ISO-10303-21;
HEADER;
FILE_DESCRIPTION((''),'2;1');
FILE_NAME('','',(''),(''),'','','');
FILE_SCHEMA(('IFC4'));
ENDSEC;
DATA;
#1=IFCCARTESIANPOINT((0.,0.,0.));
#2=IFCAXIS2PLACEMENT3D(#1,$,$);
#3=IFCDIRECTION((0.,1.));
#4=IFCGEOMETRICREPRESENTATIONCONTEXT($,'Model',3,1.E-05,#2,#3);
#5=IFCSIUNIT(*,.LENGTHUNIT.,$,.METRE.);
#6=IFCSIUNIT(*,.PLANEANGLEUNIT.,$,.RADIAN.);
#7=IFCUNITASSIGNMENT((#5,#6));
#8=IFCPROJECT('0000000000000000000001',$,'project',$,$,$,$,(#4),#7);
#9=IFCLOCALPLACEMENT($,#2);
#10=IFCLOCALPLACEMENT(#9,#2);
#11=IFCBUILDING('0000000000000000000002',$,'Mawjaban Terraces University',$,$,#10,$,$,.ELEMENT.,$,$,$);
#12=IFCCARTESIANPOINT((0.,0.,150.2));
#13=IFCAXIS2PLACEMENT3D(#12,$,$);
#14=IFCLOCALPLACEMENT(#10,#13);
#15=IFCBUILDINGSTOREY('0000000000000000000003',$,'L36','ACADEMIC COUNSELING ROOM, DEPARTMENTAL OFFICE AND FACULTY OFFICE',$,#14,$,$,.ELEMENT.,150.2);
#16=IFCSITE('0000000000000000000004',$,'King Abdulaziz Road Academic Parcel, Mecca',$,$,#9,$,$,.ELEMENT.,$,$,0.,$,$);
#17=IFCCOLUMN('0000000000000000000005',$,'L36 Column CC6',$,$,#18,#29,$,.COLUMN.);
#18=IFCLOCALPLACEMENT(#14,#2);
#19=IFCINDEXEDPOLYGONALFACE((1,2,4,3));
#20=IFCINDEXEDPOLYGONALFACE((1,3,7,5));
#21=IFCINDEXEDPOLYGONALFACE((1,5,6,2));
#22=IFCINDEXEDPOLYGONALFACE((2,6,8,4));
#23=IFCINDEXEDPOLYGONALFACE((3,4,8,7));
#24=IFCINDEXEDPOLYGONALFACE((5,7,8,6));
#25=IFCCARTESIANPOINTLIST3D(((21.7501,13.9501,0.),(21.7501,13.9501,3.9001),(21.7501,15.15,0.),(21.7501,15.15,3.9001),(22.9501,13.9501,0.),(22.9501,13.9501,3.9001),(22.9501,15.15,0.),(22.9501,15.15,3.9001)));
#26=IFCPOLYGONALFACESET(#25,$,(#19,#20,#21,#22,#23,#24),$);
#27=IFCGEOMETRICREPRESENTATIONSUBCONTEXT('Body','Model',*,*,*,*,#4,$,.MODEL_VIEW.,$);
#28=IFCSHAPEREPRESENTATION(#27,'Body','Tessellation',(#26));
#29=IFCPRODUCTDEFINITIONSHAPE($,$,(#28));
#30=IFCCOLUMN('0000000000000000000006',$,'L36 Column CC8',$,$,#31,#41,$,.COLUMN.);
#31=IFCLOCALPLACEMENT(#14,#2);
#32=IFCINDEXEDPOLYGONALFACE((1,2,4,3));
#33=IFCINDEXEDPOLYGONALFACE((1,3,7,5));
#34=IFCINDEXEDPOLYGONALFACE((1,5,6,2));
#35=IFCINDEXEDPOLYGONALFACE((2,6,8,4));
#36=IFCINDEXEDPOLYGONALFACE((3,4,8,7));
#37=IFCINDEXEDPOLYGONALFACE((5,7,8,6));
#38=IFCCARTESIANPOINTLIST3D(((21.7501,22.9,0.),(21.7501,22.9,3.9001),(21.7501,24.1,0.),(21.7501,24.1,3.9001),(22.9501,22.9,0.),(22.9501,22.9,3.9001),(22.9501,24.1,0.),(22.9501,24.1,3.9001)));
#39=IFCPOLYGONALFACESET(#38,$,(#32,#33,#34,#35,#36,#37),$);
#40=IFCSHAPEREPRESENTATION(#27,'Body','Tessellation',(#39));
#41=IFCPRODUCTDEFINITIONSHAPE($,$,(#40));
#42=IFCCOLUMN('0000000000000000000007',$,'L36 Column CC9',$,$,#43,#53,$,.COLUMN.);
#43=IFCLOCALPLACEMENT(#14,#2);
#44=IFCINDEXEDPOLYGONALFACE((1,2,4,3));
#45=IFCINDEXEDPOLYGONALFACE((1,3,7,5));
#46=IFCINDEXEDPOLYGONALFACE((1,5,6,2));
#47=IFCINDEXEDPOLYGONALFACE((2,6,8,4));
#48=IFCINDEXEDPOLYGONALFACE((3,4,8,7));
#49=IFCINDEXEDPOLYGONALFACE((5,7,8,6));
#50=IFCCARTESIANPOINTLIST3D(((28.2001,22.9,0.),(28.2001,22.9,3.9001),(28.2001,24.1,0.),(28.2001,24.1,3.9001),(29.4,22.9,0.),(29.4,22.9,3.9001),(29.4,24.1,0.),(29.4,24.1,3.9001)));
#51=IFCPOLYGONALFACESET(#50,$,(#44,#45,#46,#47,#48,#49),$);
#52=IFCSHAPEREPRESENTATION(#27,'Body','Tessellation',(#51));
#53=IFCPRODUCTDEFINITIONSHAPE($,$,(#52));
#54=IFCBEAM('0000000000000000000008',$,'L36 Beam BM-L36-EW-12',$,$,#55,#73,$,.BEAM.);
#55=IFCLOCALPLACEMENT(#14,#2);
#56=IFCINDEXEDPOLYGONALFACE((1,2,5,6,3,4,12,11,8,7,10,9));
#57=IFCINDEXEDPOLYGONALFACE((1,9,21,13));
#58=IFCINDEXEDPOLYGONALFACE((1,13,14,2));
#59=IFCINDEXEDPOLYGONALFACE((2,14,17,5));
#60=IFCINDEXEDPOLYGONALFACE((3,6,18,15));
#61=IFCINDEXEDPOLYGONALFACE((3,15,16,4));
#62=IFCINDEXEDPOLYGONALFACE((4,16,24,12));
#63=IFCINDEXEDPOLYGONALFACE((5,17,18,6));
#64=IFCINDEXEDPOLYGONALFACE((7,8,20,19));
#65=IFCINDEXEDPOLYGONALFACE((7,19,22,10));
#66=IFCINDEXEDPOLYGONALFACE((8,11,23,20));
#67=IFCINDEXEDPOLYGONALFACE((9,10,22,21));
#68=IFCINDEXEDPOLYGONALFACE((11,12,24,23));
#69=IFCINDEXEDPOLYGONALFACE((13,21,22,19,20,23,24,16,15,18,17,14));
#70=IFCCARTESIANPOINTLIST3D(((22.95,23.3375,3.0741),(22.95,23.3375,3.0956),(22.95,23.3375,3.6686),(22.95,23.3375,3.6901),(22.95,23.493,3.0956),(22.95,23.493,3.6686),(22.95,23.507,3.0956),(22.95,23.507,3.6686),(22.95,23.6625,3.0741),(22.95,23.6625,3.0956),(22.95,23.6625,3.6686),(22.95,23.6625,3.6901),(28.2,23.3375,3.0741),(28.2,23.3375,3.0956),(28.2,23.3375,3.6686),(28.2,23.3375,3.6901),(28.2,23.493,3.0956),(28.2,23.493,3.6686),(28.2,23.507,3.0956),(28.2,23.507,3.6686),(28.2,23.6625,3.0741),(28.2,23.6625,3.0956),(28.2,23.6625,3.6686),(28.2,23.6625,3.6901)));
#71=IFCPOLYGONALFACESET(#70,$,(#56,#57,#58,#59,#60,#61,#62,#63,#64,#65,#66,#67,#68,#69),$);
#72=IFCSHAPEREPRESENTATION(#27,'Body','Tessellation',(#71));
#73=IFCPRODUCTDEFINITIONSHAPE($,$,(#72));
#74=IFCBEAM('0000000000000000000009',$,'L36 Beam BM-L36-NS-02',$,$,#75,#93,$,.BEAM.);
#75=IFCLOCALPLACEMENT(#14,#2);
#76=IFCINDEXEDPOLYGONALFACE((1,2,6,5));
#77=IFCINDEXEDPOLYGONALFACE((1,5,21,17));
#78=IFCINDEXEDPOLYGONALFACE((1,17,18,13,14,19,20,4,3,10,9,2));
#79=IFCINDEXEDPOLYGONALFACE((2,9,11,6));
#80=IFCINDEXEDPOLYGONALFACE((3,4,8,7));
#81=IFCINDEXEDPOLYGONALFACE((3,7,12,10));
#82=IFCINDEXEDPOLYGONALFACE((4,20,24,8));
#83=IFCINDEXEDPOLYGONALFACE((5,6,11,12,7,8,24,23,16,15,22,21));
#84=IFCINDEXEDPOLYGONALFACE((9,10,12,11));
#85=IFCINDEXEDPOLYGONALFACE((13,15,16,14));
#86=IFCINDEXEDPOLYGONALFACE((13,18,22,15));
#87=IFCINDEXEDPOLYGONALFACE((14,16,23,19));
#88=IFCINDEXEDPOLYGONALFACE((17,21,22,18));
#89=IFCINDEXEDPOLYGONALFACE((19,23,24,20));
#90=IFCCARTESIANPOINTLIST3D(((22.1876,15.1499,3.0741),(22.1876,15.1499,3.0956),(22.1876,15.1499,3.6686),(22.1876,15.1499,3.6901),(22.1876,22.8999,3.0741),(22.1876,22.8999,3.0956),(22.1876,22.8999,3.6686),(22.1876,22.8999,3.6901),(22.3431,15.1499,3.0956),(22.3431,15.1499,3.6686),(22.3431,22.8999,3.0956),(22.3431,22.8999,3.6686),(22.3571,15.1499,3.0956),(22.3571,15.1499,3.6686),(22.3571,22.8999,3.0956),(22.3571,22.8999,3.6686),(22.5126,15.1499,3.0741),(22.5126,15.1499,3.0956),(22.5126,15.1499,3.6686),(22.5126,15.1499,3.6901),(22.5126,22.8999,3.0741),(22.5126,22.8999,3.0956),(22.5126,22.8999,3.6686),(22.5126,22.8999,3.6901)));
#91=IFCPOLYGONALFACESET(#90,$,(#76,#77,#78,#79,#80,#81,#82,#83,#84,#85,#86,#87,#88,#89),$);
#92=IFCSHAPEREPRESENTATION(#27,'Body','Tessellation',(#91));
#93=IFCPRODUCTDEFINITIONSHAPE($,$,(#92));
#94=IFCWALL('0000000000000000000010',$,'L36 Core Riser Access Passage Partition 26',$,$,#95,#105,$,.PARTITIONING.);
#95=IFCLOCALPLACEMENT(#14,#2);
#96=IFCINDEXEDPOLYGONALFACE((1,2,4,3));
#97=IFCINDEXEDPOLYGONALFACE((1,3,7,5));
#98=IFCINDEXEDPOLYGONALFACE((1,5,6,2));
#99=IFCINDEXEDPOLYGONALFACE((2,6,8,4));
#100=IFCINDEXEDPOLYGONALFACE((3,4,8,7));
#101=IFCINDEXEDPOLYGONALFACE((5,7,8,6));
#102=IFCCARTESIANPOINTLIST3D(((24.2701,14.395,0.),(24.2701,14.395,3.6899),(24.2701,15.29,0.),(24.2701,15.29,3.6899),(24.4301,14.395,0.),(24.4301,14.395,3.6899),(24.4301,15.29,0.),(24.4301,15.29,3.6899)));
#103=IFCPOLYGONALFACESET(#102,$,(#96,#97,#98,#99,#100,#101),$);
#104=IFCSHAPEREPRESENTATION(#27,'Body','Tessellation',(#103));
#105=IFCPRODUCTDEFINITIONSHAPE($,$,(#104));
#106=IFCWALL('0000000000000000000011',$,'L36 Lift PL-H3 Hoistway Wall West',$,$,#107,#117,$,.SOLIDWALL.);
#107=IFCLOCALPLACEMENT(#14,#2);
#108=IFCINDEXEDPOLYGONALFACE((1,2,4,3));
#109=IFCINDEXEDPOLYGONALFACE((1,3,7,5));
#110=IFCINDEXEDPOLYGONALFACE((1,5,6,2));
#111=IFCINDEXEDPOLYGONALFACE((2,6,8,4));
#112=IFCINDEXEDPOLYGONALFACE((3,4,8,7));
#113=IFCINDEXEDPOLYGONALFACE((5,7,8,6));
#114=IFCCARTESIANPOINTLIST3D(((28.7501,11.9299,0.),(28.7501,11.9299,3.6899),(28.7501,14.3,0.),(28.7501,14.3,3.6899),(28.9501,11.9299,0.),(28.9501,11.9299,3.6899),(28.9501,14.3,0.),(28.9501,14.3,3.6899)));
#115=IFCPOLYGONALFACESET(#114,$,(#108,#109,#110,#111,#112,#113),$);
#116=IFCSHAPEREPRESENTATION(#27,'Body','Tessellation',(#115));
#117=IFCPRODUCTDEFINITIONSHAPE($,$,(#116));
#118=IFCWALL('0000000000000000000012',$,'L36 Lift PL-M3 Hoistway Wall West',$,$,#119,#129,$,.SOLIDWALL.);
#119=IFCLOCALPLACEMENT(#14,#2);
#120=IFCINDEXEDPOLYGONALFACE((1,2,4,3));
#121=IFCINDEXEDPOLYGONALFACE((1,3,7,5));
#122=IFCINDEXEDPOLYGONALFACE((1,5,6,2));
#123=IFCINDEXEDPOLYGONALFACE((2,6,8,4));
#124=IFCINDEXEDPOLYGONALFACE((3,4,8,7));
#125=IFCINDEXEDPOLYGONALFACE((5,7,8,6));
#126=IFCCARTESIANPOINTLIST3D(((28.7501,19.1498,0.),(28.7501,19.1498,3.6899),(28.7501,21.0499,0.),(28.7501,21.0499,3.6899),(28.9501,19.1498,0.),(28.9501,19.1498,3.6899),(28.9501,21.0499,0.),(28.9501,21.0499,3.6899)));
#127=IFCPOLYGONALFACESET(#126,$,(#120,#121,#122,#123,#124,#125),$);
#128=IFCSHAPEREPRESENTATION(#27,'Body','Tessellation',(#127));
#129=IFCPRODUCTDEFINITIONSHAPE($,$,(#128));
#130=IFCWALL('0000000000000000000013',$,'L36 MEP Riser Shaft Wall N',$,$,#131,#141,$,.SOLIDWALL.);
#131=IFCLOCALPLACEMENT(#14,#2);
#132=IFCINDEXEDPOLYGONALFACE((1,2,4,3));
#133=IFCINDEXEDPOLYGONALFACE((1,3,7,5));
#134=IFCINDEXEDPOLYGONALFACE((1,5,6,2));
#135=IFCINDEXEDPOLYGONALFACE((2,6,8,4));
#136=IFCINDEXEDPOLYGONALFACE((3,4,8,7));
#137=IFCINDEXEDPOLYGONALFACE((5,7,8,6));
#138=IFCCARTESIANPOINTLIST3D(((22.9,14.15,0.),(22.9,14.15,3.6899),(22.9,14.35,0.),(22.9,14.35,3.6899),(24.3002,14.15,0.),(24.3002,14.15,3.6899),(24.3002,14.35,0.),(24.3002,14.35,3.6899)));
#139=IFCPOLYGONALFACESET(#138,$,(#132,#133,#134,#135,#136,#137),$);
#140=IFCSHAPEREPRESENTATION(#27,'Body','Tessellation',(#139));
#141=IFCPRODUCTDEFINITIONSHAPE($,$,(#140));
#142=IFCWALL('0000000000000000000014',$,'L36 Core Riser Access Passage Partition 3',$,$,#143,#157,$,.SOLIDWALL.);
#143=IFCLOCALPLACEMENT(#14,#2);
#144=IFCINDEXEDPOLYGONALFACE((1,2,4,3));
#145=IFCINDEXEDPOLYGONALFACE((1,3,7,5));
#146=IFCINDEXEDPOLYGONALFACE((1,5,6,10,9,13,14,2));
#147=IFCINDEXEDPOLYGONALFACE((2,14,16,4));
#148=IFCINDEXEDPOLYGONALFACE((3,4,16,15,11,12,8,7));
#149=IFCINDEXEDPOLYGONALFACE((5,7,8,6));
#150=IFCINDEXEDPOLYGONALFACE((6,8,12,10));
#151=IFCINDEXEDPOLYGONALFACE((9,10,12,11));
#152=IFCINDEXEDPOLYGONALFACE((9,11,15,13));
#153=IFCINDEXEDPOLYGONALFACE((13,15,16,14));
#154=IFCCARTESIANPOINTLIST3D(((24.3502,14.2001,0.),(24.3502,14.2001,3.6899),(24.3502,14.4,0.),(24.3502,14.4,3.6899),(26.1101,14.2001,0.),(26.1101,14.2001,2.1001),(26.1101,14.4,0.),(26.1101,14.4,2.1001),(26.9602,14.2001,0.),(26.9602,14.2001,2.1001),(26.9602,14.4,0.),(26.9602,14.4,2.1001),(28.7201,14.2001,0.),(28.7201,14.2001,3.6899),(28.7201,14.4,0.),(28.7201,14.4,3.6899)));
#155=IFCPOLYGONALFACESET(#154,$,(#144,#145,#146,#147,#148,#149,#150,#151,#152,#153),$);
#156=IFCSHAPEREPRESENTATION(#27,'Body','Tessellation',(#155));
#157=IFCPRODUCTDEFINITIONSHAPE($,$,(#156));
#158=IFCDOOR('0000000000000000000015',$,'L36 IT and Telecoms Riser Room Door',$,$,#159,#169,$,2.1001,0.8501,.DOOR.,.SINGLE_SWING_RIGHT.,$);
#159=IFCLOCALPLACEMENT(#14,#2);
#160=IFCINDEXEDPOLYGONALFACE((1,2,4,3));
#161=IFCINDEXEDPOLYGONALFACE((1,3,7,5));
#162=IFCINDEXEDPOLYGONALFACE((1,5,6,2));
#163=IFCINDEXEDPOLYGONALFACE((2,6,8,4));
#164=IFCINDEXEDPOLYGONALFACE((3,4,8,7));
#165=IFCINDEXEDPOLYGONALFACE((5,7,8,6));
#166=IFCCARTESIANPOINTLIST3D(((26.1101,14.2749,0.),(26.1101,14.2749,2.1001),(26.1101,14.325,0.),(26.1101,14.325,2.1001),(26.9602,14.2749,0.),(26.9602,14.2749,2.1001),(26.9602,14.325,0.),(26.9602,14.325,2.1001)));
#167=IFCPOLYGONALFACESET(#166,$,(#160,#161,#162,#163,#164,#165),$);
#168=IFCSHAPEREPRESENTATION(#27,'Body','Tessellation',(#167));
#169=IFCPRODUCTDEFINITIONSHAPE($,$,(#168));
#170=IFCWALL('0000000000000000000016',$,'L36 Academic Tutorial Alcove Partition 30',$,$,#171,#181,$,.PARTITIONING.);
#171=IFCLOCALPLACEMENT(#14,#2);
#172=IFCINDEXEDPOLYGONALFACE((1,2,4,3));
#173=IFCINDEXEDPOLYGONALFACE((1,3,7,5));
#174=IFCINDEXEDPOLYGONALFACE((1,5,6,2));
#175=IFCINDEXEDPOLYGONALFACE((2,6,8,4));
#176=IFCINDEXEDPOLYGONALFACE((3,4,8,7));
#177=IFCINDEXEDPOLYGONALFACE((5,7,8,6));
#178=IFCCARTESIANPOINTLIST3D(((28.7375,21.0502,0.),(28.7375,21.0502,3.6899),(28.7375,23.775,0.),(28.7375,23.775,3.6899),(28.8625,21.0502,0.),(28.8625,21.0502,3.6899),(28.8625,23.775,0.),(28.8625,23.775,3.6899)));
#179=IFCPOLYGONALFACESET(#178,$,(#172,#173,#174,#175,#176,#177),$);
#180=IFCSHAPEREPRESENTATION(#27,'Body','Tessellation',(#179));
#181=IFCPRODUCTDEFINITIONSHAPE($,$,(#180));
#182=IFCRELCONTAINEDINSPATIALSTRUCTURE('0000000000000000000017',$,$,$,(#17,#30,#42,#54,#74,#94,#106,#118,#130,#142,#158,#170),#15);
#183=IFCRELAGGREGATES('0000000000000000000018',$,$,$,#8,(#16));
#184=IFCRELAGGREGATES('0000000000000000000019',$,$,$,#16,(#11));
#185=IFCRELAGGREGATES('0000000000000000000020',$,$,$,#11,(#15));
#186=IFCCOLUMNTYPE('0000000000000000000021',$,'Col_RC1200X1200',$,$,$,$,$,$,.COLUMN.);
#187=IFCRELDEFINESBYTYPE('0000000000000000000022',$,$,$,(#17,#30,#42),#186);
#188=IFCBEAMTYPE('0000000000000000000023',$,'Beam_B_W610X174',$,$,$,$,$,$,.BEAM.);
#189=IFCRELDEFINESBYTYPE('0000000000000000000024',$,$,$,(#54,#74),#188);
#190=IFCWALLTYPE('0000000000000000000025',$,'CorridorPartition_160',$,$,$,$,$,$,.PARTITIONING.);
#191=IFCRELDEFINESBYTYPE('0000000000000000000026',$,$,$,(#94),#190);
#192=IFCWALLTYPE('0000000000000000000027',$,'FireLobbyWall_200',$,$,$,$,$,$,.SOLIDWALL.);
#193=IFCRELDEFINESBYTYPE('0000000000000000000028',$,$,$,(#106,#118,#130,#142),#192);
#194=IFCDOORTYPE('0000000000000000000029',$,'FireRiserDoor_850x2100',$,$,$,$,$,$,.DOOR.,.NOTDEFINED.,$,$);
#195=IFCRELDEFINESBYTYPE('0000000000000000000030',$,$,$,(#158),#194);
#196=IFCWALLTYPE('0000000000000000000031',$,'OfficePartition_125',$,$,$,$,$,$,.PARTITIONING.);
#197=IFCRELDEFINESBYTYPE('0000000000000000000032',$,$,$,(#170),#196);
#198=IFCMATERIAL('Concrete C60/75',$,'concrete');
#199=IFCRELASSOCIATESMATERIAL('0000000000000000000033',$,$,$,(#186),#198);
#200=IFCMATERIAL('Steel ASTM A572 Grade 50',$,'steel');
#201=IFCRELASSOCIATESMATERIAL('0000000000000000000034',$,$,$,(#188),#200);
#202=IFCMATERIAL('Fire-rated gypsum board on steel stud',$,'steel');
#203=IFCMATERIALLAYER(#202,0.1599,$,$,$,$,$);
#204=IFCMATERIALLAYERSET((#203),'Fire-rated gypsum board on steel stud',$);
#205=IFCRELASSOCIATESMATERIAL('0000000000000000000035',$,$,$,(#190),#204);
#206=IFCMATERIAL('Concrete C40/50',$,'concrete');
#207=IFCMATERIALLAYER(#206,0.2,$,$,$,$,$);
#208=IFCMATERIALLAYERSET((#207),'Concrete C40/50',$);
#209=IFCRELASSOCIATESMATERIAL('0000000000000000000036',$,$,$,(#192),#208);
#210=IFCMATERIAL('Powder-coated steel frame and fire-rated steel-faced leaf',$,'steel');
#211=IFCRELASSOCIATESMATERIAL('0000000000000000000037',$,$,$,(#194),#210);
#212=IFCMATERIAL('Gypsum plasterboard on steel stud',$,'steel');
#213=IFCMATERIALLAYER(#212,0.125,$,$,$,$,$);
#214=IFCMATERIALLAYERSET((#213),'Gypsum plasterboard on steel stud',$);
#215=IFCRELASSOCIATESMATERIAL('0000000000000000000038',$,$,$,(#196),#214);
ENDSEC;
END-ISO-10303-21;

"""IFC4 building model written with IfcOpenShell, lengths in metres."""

from ifc_helpers import new_model, si_unit, direction, frame, frame_2d, origin, origin_2d, place, context, subcontext, project, spatial, rectangle, i_section, extrude, material, layer, layer_set, material_profile, profile_set, type_object, element, fill, save


model = new_model("IFC4")

# Units and contexts
model_context = context("Model", 3, precision=1e-05, world=origin(), true_north=direction((0.0, 1.0)))
body_context = subcontext(model_context, "Body", "Model", "MODEL_VIEW")
ifc_project = project(units=[si_unit("LENGTHUNIT", "METRE"), si_unit("PLANEANGLEUNIT", "RADIAN")], contexts=[model_context])

# Site, building, storey
site_placement = place(None, origin())
site = spatial("IfcSite", under=ifc_project, at=site_placement, Name="King Abdulaziz Road Academic Parcel, Mecca", CompositionType="ELEMENT", RefElevation=0.0)
building_placement = place(site_placement, origin())
building = spatial("IfcBuilding", under=site, at=building_placement, Name="Mawjaban Terraces University", CompositionType="ELEMENT")
storey_placement = place(building_placement, frame((0.0, 0.0, 150.2)))
storey = spatial("IfcBuildingStorey", under=building, at=storey_placement, Name="L36", Description="ACADEMIC COUNSELING ROOM, DEPARTMENTAL OFFICE AND FACULTY OFFICE", CompositionType="ELEMENT", Elevation=150.2)

# Columns
ifc_material_1 = material(Name="Concrete C60/75", Category="concrete")
ifc_material_profile_1 = material_profile(ifc_material_1, rectangle(XDim=1.2, YDim=1.2, at=origin_2d()), Name="RC1200X1200")
ifc_profile_set_1 = profile_set([ifc_material_profile_1], Name="Concrete C60/75")
column_type = type_object("IfcColumnType", Name="Col_RC1200X1200", PredefinedType="COLUMN", material=ifc_profile_set_1)
for number, where, z_axis, x_axis, name in (
    (1, (22.3501, 14.55, 0.0), (0.0, 0.0, 1.0), (1.0, 0.0, 0.0), "L36 Column CC6"),
    (2, (22.3501, 23.5, 0.0), (0.0, 0.0, 1.0), (1.0, 0.0, 0.0), "L36 Column CC8"),
    (3, (28.8, 23.5, 0.0), (0.0, 0.0, 1.0), (1.0, 0.0, 0.0), "L36 Column CC9"),
):
    element("IfcColumn", number, at=place(storey_placement, frame(where, z_axis=z_axis, x_axis=x_axis)), inside=storey, type_object=column_type, Name=name, PredefinedType="COLUMN", context=body_context, shape_type="SweptSolid", body=[
        extrude(rectangle(XDim=1.2, YDim=1.2, at=origin_2d()), origin(), (0.0, 0.0, 1.0), 3.9001),
    ])

# Beams
ifc_material_2 = material(Name="Steel ASTM A572 Grade 50", Category="steel")
ifc_material_profile_2 = material_profile(ifc_material_2, i_section(OverallWidth=0.325, OverallDepth=0.616, WebThickness=0.0139, FlangeThickness=0.0215, at=origin_2d()), Name="W610X174")
ifc_profile_set_2 = profile_set([ifc_material_profile_2], Name="Steel ASTM A572 Grade 50")
beam_type = type_object("IfcBeamType", Name="Beam_B_W610X174", PredefinedType="BEAM", material=ifc_profile_set_2)
beam_1_placement = place(storey_placement, frame((22.95, 23.5, 3.3821), z_axis=(1.0, 0.0, 0.0), x_axis=(0.0, 1.0, 0.0)))
element("IfcBeam", 4, at=beam_1_placement, inside=storey, type_object=beam_type, Name="L36 Beam BM-L36-EW-12", PredefinedType="BEAM", context=body_context, shape_type="SweptSolid", body=[
    extrude(i_section(OverallWidth=0.325, OverallDepth=0.616, WebThickness=0.0139, FlangeThickness=0.0215, at=origin_2d()), origin(), (0.0, 0.0, 1.0), 5.25),
])
beam_2_placement = place(storey_placement, frame((22.3501, 15.1499, 3.3821), z_axis=(0.0, 1.0, 0.0), x_axis=(-1.0, 0.0, 0.0)))
element("IfcBeam", 5, at=beam_2_placement, inside=storey, type_object=beam_type, Name="L36 Beam BM-L36-NS-02", PredefinedType="BEAM", context=body_context, shape_type="SweptSolid", body=[
    extrude(i_section(OverallWidth=0.325, OverallDepth=0.616, WebThickness=0.0139, FlangeThickness=0.0215, at=origin_2d()), origin(), (0.0, 0.0, 1.0), 7.75),
])

# Walls
ifc_material_3 = material(Name="Fire-rated gypsum board on steel stud", Category="steel")
ifc_layer_1 = layer(ifc_material_3, 0.1599)
ifc_layer_set_1 = layer_set([ifc_layer_1], Name="Fire-rated gypsum board on steel stud")
wall_type_1 = type_object("IfcWallType", Name="CorridorPartition_160", PredefinedType="PARTITIONING", material=ifc_layer_set_1)
wall_1_placement = place(storey_placement, frame((24.3501, 15.29, 0.0), z_axis=(0.0, 0.0, 1.0), x_axis=(0.0, -1.0, 0.0)))
element("IfcWall", 6, at=wall_1_placement, inside=storey, type_object=wall_type_1, Name="L36 Core Riser Access Passage Partition 26", PredefinedType="PARTITIONING", context=body_context, shape_type="SweptSolid", body=[
    extrude(rectangle(XDim=0.895, YDim=0.1599, at=frame_2d((0.4475, 0.0))), origin(), (0.0, 0.0, 1.0), 3.6899),
])
ifc_material_4 = material(Name="Concrete C40/50", Category="concrete")
ifc_layer_2 = layer(ifc_material_4, 0.2)
ifc_layer_set_2 = layer_set([ifc_layer_2], Name="Concrete C40/50")
wall_type_2 = type_object("IfcWallType", Name="FireLobbyWall_200", PredefinedType="SOLIDWALL", material=ifc_layer_set_2)
wall_2_placement = place(storey_placement, frame((28.8501, 14.3, 0.0), z_axis=(0.0, 0.0, 1.0), x_axis=(0.0, -1.0, 0.0)))
element("IfcWall", 7, at=wall_2_placement, inside=storey, type_object=wall_type_2, Name="L36 Lift PL-H3 Hoistway Wall West", PredefinedType="SOLIDWALL", context=body_context, shape_type="SweptSolid", body=[
    extrude(rectangle(XDim=2.3701, YDim=0.2, at=frame_2d((1.1851, 0.0))), origin(), (0.0, 0.0, 1.0), 3.6899),
])
wall_3_placement = place(storey_placement, frame((28.8501, 21.05, 0.0), z_axis=(0.0, 0.0, 1.0), x_axis=(0.0, -1.0, 0.0)))
element("IfcWall", 8, at=wall_3_placement, inside=storey, type_object=wall_type_2, Name="L36 Lift PL-M3 Hoistway Wall West", PredefinedType="SOLIDWALL", context=body_context, shape_type="SweptSolid", body=[
    extrude(rectangle(XDim=1.9001, YDim=0.2, at=frame_2d((0.9502, 0.0))), origin(), (0.0, 0.0, 1.0), 3.6899),
])
wall_4_placement = place(storey_placement, frame((22.8999, 14.25, 0.0), z_axis=(0.0, 0.0, 1.0), x_axis=(1.0, 0.0, 0.0)))
element("IfcWall", 9, at=wall_4_placement, inside=storey, type_object=wall_type_2, Name="L36 MEP Riser Shaft Wall N", PredefinedType="SOLIDWALL", context=body_context, shape_type="SweptSolid", body=[
    extrude(rectangle(XDim=1.4001, YDim=0.2, at=frame_2d((0.7002, 0.0))), origin(), (0.0, 0.0, 1.0), 3.6899),
])

# Wall, opening, door
wall_5_placement = place(storey_placement, frame((24.3501, 14.3, 0.0), z_axis=(0.0, 0.0, 1.0), x_axis=(1.0, 0.0, 0.0)))
wall_5 = element("IfcWall", 10, at=wall_5_placement, inside=storey, type_object=wall_type_2, Name="L36 Core Riser Access Passage Partition 3", PredefinedType="SOLIDWALL", context=body_context, shape_type="SweptSolid", body=[
    extrude(rectangle(XDim=4.3699, YDim=0.2, at=frame_2d((2.1851, 0.0))), origin(), (0.0, 0.0, 1.0), 3.6899),
])
opening_placement = place(wall_5_placement, frame((1.76, 0.0, 0.0)))
opening = element("IfcOpeningElement", 11, at=opening_placement, cuts=wall_5, PredefinedType="OPENING", context=body_context, shape_type="SweptSolid", body=[
    extrude(rectangle(XDim=0.8501, YDim=2.1001, at=frame_2d((0.425, 1.05))), frame((0.0, 0.1099, 0.0), z_axis=(0.0, -1.0, 0.0), x_axis=(1.0, 0.0, 0.0)), (0.0, 0.0, 1.0), 0.22),
])
ifc_material_5 = material(Name="Powder-coated steel frame and fire-rated steel-faced leaf", Category="steel")
door_type = type_object("IfcDoorType", Name="FireRiserDoor_850x2100", OperationType="NOTDEFINED", PredefinedType="DOOR", material=ifc_material_5)
door_placement = place(opening_placement, origin())
door = element("IfcDoor", 12, at=door_placement, inside=storey, type_object=door_type, Name="L36 IT and Telecoms Riser Room Door", OperationType="SINGLE_SWING_RIGHT", OverallHeight=2.1001, OverallWidth=0.8501, PredefinedType="DOOR", context=body_context, shape_type="SweptSolid", body=[
    extrude(rectangle(XDim=0.8501, YDim=2.1001, at=frame_2d((0.425, 1.05))), frame((0.0, 0.0249, 0.0), z_axis=(0.0, -1.0, 0.0), x_axis=(1.0, 0.0, 0.0)), (0.0, 0.0, 1.0), 0.05),
])
fill(opening, door)

# Wall
ifc_material_6 = material(Name="Gypsum plasterboard on steel stud", Category="steel")
ifc_layer_3 = layer(ifc_material_6, 0.125)
ifc_layer_set_3 = layer_set([ifc_layer_3], Name="Gypsum plasterboard on steel stud")
wall_type_3 = type_object("IfcWallType", Name="OfficePartition_125", PredefinedType="PARTITIONING", material=ifc_layer_set_3)
wall_6_placement = place(storey_placement, frame((28.8, 23.7749, 0.0), z_axis=(0.0, 0.0, 1.0), x_axis=(0.0, -1.0, 0.0)))
element("IfcWall", 13, at=wall_6_placement, inside=storey, type_object=wall_type_3, Name="L36 Academic Tutorial Alcove Partition 30", PredefinedType="PARTITIONING", context=body_context, shape_type="SweptSolid", body=[
    extrude(rectangle(XDim=2.7249, YDim=0.125, at=frame_2d((1.3623, 0.0))), origin(), (0.0, 0.0, 1.0), 3.6899),
])

save(model, "model.ifc")
